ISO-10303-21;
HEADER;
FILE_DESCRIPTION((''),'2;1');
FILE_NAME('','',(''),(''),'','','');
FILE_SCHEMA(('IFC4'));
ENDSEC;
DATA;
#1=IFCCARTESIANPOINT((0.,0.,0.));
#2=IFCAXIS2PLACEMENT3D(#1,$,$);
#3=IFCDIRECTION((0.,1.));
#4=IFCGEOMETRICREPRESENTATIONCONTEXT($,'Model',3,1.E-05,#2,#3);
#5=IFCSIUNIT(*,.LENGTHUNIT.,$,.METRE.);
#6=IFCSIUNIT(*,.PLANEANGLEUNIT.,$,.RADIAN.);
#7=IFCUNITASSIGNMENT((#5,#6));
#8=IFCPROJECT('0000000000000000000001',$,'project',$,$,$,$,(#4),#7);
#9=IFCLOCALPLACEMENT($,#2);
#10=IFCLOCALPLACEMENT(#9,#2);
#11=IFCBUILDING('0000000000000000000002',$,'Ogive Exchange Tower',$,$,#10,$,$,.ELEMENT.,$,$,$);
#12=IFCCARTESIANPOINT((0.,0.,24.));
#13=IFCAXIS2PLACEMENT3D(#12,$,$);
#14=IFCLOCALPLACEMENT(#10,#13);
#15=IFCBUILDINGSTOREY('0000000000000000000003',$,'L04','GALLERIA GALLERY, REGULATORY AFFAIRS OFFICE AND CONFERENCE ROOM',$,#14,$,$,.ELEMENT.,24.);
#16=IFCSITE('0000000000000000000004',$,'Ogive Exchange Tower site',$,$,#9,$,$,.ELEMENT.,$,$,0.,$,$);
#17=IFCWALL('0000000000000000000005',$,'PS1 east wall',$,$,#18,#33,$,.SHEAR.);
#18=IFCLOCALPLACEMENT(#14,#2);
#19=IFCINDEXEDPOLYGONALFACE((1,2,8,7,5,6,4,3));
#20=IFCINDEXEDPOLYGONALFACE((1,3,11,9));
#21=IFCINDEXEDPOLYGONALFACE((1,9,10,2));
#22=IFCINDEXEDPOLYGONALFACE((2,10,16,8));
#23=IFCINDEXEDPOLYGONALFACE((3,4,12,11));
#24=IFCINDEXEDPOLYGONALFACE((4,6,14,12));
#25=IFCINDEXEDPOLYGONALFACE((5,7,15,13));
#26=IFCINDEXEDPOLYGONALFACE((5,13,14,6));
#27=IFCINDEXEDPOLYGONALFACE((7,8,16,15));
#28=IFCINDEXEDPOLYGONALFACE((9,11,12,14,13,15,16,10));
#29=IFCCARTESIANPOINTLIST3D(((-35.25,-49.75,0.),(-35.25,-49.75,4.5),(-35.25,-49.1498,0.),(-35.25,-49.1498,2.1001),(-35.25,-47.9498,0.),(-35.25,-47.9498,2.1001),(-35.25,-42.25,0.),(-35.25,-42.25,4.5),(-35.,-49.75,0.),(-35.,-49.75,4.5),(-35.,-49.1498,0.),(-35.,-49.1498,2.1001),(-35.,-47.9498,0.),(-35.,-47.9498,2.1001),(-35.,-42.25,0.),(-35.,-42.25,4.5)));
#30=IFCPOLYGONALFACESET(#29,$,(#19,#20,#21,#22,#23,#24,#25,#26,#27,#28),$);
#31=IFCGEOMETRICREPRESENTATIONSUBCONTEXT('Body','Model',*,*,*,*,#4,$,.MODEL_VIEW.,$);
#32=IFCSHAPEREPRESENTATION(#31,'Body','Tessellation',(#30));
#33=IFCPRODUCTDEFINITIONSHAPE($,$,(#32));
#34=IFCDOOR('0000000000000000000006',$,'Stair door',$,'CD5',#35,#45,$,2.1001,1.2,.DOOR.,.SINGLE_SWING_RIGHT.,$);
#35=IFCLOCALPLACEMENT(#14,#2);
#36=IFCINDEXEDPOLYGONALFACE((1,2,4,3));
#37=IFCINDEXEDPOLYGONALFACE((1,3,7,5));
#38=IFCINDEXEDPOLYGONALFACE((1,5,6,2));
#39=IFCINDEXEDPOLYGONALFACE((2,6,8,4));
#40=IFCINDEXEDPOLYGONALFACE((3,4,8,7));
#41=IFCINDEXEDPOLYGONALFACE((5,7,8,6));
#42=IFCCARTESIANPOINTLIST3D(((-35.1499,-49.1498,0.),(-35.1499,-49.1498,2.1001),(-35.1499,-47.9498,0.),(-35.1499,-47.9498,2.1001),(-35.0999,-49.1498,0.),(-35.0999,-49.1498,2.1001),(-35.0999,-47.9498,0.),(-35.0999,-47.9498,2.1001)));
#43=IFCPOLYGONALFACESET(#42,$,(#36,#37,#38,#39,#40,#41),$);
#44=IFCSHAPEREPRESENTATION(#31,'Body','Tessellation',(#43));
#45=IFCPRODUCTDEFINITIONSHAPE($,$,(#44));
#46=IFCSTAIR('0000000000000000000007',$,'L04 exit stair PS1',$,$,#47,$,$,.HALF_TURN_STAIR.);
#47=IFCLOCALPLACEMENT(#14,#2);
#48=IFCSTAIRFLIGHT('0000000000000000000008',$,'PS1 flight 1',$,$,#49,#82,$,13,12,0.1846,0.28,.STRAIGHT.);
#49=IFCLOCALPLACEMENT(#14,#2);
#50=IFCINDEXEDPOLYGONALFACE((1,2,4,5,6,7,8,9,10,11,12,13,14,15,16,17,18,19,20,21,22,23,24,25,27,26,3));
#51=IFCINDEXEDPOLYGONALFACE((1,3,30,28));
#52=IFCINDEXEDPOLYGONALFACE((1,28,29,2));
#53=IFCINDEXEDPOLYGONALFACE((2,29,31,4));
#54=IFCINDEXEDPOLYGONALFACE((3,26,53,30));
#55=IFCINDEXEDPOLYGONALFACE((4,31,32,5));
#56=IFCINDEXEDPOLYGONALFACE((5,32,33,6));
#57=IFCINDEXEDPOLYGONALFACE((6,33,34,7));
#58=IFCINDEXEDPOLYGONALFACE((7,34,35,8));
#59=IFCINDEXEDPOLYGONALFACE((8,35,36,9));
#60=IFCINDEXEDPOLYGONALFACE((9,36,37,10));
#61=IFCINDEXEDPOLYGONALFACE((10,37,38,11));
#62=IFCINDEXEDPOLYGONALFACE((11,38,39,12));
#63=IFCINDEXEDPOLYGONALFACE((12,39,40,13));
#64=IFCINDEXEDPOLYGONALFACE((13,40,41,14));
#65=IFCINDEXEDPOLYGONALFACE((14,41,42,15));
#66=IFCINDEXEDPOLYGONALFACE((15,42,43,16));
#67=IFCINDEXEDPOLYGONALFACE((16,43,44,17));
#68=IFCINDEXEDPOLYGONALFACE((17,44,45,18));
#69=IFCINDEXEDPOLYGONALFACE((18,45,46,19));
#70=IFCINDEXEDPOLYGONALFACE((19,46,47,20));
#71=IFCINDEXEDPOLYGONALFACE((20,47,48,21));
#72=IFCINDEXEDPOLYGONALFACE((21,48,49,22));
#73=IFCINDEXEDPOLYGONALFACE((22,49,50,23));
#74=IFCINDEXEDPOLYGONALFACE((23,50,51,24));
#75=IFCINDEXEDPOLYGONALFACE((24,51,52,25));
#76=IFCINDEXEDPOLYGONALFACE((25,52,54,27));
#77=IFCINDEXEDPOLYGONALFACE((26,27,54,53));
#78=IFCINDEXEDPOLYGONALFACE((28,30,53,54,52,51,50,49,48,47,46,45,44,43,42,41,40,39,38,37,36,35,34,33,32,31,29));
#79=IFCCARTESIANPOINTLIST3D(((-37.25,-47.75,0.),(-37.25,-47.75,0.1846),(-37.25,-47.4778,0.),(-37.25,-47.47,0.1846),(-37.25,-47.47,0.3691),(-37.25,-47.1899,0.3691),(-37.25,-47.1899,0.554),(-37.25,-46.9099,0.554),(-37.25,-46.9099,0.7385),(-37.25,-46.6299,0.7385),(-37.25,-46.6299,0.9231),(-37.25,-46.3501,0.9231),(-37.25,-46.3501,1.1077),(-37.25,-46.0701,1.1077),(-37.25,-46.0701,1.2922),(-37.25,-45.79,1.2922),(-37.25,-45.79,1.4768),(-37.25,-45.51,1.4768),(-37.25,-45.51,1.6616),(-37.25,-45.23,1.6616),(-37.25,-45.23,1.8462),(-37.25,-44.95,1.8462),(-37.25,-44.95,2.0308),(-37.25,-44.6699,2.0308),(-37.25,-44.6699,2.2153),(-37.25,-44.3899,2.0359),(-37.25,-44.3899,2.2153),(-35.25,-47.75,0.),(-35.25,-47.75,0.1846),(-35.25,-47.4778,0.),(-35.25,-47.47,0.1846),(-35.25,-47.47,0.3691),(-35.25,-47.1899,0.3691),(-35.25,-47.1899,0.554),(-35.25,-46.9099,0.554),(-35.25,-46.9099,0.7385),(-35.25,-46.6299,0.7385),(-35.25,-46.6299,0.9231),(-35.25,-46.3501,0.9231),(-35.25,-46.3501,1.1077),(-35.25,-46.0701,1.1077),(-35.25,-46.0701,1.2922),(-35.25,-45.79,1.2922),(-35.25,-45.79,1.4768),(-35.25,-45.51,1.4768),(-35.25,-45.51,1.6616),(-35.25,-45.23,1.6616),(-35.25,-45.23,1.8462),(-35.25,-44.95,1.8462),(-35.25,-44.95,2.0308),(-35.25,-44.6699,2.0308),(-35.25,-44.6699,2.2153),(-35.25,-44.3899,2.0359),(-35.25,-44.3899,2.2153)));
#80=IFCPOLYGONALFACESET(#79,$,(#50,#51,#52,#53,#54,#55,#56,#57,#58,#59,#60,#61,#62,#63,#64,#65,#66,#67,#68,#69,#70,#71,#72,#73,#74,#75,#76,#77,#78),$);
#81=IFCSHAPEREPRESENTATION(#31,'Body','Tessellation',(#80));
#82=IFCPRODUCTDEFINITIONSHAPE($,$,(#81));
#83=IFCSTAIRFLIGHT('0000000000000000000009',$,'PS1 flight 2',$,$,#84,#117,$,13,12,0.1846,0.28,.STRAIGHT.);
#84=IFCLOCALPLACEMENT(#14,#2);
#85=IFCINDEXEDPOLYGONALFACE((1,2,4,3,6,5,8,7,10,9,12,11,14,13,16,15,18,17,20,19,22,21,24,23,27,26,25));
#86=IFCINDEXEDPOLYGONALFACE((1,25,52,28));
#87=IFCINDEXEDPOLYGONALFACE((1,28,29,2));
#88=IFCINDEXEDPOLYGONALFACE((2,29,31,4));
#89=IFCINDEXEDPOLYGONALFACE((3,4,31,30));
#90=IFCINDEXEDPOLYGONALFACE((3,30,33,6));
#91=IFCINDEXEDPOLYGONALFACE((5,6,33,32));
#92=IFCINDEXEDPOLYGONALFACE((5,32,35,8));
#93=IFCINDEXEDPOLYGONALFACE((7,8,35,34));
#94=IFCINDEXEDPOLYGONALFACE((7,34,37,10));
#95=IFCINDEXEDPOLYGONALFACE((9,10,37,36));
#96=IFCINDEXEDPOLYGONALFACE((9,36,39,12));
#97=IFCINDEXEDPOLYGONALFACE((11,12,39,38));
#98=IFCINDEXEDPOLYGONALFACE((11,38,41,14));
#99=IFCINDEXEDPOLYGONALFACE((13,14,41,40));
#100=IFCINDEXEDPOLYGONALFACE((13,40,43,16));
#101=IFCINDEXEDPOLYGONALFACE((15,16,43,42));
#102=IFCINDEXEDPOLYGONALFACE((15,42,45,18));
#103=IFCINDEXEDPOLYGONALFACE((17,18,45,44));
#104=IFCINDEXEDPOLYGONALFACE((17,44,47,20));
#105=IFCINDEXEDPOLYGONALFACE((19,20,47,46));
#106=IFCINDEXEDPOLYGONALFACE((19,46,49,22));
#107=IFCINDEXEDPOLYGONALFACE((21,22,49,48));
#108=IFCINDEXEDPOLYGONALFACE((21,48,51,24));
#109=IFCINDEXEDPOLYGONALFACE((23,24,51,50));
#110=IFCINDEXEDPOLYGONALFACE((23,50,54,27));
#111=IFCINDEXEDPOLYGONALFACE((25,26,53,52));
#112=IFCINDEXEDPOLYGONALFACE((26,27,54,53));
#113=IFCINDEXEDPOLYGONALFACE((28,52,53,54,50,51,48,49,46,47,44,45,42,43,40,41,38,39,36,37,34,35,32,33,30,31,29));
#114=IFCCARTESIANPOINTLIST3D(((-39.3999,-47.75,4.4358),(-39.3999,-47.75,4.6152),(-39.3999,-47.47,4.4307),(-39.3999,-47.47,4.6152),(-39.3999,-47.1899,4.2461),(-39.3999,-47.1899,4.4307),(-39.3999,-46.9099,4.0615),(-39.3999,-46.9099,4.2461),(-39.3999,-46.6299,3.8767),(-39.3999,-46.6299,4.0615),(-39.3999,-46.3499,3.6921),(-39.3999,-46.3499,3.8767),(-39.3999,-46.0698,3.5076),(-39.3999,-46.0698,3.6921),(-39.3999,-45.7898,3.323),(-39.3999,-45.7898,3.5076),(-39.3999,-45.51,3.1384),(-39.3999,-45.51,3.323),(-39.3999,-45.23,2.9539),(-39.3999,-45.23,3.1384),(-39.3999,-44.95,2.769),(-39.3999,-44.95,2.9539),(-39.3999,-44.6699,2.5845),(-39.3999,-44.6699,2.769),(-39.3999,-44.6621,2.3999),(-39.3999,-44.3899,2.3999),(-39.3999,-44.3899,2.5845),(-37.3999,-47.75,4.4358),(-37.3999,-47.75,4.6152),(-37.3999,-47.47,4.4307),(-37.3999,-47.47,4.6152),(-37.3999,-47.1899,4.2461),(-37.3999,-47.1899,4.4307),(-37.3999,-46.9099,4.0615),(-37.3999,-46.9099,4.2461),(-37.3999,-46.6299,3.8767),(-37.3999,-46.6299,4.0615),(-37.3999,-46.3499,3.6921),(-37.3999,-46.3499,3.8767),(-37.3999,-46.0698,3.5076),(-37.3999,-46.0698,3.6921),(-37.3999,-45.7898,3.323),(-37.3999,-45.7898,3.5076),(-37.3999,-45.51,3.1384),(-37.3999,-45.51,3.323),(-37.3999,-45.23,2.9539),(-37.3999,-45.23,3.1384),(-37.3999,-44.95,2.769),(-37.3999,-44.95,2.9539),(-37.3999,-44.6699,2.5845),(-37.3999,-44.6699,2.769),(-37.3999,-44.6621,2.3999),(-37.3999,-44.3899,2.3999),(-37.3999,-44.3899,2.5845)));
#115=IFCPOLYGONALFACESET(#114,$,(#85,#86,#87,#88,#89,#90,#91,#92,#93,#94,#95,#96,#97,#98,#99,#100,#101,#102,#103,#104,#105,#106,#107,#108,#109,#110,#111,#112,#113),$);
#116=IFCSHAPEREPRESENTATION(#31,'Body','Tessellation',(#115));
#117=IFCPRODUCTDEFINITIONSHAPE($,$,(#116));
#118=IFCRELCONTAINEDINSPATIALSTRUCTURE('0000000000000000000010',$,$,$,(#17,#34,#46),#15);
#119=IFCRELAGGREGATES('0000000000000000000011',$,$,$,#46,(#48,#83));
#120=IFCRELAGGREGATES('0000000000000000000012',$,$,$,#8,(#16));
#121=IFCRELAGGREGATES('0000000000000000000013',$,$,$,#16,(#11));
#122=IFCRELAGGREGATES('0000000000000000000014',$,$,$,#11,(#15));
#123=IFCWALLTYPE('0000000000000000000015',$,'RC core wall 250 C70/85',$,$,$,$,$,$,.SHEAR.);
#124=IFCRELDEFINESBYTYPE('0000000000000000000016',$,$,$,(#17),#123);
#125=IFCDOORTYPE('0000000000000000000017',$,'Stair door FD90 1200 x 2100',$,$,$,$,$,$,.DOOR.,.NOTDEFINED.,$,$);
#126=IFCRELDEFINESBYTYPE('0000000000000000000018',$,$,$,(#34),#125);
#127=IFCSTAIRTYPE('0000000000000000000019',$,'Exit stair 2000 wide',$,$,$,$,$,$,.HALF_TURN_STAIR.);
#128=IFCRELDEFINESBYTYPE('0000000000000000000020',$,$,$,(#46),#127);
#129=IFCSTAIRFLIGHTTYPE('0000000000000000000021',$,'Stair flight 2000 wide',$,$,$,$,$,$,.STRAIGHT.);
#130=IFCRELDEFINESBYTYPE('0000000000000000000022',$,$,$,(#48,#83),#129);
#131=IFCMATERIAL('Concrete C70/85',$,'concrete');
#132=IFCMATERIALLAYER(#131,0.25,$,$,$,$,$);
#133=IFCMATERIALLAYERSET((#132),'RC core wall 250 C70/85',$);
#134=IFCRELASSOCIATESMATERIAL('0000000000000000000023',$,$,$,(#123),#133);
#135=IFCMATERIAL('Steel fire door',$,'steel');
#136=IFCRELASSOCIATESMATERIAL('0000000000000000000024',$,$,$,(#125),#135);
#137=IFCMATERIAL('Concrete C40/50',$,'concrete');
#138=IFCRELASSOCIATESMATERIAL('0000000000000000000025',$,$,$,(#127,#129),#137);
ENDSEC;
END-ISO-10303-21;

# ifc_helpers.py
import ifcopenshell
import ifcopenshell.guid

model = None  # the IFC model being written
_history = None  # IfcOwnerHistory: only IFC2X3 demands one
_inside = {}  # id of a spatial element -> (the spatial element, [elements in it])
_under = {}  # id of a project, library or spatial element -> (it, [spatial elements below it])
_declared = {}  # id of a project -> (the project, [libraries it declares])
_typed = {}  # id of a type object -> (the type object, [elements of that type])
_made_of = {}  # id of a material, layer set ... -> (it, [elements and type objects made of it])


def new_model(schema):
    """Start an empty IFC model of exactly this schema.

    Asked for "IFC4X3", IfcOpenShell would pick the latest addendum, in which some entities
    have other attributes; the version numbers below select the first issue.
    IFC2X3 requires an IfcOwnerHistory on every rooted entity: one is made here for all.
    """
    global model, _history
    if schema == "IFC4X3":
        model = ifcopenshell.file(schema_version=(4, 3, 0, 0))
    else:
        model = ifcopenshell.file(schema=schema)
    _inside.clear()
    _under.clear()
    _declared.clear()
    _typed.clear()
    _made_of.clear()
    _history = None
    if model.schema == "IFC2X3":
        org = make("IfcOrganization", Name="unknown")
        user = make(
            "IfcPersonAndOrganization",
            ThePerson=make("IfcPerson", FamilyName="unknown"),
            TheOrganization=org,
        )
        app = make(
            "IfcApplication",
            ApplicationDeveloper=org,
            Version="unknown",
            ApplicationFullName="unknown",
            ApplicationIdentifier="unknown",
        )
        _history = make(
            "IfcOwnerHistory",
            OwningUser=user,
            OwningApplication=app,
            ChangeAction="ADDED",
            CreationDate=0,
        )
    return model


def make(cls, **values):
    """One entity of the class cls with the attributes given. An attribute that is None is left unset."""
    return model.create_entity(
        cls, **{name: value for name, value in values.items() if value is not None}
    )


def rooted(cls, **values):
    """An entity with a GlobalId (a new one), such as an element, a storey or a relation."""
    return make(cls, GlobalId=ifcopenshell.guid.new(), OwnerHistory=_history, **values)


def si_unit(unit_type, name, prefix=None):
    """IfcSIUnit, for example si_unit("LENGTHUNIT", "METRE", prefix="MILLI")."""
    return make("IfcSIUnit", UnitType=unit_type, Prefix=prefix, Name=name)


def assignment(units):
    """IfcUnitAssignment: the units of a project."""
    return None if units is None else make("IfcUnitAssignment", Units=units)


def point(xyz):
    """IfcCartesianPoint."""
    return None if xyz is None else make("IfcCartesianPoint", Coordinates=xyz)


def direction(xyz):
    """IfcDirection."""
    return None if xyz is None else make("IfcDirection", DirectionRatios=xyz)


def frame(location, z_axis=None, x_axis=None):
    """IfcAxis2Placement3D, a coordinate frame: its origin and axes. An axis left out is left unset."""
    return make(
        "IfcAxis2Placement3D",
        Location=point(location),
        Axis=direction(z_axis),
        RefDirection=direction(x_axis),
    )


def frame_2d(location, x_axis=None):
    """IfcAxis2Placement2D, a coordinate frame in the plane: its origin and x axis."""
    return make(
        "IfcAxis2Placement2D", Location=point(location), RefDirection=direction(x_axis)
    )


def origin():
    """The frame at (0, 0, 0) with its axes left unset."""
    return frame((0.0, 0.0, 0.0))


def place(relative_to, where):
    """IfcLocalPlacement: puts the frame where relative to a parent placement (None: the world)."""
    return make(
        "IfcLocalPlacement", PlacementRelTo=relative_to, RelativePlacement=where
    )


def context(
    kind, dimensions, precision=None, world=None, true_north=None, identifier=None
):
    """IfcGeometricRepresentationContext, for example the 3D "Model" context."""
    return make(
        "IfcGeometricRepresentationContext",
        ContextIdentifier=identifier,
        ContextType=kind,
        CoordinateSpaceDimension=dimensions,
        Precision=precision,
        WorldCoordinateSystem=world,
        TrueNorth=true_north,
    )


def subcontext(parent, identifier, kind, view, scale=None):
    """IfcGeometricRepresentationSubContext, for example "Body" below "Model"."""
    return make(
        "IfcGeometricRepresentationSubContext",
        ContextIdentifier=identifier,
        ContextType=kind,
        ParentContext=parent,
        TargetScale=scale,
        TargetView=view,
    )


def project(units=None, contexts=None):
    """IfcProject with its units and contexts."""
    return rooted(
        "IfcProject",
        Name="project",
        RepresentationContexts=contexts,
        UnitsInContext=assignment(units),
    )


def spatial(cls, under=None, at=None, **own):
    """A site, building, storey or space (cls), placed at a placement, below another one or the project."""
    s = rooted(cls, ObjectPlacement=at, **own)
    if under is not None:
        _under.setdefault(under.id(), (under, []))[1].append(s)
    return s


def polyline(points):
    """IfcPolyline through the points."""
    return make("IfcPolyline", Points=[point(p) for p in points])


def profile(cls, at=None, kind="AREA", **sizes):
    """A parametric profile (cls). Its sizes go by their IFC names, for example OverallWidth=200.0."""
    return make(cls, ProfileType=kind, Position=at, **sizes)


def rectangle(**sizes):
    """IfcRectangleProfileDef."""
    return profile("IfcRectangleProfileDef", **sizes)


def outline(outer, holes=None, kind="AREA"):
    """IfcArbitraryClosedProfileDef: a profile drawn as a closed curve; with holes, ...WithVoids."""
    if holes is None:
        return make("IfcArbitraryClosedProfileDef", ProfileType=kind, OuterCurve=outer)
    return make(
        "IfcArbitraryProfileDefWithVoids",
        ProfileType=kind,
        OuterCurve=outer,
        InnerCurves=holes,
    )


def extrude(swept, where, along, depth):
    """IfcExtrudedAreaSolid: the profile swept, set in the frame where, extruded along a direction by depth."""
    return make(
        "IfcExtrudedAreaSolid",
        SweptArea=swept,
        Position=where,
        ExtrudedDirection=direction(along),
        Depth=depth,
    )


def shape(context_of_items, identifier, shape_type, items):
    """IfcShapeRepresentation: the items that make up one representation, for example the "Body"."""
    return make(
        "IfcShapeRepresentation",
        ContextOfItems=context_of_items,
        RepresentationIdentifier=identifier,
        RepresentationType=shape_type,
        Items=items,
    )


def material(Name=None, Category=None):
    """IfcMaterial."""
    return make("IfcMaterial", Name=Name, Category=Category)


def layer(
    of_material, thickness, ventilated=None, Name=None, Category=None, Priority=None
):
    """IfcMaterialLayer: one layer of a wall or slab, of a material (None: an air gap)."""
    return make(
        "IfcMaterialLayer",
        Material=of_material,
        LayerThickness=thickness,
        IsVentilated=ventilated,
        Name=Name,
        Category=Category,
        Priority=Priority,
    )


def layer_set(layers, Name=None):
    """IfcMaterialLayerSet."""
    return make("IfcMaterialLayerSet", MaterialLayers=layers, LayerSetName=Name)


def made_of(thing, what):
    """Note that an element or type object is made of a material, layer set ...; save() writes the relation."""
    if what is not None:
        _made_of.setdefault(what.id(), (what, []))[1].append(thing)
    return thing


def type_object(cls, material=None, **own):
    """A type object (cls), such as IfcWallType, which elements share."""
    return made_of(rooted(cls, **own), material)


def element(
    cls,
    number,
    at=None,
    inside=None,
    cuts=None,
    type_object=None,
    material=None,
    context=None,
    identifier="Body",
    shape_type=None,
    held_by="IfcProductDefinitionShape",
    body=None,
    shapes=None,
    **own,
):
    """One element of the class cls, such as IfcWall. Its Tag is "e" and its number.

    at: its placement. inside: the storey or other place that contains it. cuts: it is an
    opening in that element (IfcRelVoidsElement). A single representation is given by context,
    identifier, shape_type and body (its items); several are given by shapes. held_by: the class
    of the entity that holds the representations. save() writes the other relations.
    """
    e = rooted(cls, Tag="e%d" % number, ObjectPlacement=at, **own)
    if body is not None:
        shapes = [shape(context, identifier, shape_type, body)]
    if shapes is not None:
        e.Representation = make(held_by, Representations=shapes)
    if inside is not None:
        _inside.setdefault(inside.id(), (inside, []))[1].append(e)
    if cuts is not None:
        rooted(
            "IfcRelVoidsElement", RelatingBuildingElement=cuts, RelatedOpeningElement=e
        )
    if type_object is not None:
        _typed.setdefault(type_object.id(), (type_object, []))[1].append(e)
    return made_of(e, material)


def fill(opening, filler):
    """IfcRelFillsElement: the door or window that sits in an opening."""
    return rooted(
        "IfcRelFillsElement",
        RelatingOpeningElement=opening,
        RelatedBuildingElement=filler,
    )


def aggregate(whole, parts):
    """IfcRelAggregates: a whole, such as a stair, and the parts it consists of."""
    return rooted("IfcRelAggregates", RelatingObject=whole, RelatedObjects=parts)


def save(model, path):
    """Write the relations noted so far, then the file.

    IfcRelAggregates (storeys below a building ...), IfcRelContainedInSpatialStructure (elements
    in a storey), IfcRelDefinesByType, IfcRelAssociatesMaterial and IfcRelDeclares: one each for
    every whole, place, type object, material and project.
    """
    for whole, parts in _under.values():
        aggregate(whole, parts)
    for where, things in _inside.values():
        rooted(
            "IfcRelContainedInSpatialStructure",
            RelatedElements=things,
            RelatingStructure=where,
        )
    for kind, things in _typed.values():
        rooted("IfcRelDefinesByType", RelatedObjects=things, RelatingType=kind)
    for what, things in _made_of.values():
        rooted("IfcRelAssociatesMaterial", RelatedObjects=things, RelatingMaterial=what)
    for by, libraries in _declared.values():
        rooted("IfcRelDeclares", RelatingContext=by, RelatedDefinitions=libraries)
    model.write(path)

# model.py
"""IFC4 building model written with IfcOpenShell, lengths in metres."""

from ifc_helpers import new_model, si_unit, direction, frame, frame_2d, origin, place, context, subcontext, project, spatial, polyline, rectangle, outline, extrude, material, layer, layer_set, type_object, element, fill, aggregate, save


model = new_model("IFC4")

# Units and contexts
model_context = context("Model", 3, precision=1e-05, world=origin(), true_north=direction((0.0, 1.0)))
body_context = subcontext(model_context, "Body", "Model", "MODEL_VIEW")
ifc_project = project(units=[si_unit("LENGTHUNIT", "METRE"), si_unit("PLANEANGLEUNIT", "RADIAN")], contexts=[model_context])

# Site, building, storey
site_placement = place(None, origin())
site = spatial("IfcSite", under=ifc_project, at=site_placement, Name="Ogive Exchange Tower site", CompositionType="ELEMENT", RefElevation=0.0)
building_placement = place(site_placement, origin())
building = spatial("IfcBuilding", under=site, at=building_placement, Name="Ogive Exchange Tower", CompositionType="ELEMENT")
storey_placement = place(building_placement, frame((0.0, 0.0, 24.0)))
storey = spatial("IfcBuildingStorey", under=building, at=storey_placement, Name="L04", Description="GALLERIA GALLERY, REGULATORY AFFAIRS OFFICE AND CONFERENCE ROOM", CompositionType="ELEMENT", Elevation=24.0)

# Shared definitions
ifc_material_1 = material(Name="Concrete C70/85", Category="concrete")

# Wall, opening, door
ifc_layer_1 = layer(ifc_material_1, 0.25)
ifc_layer_set_1 = layer_set([ifc_layer_1], Name="RC core wall 250 C70/85")
wall_type_1 = type_object("IfcWallType", Name="RC core wall 250 C70/85", PredefinedType="SHEAR", material=ifc_layer_set_1)
wall_1_placement = place(storey_placement, frame((-35.125, -49.75, 0.0), z_axis=(0.0, 0.0, 1.0), x_axis=(0.0, 1.0, 0.0)))
wall_1 = element("IfcWall", 1, at=wall_1_placement, inside=storey, type_object=wall_type_1, Name="PS1 east wall", PredefinedType="SHEAR", context=body_context, shape_type="SweptSolid", body=[
    extrude(rectangle(XDim=7.5, YDim=0.25, at=frame_2d((3.75, 0.0))), origin(), (0.0, 0.0, 1.0), 4.5),
])
opening_1_placement = place(wall_1_placement, frame((0.6001, 0.0, 0.0)))
opening_1 = element("IfcOpeningElement", 2, at=opening_1_placement, cuts=wall_1, PredefinedType="OPENING", context=body_context, shape_type="SweptSolid", body=[
    extrude(rectangle(XDim=1.2, YDim=2.1001, at=frame_2d((0.6001, 1.05))), frame((0.0, 0.135, 0.0), z_axis=(0.0, -1.0, 0.0), x_axis=(1.0, 0.0, 0.0)), (0.0, 0.0, 1.0), 0.27),
])
ifc_material_2 = material(Name="Steel fire door", Category="steel")
door_type_1 = type_object("IfcDoorType", Name="Stair door FD90 1200 x 2100", OperationType="NOTDEFINED", PredefinedType="DOOR", material=ifc_material_2)
door_1_placement = place(opening_1_placement, origin())
door_1 = element("IfcDoor", 3, at=door_1_placement, inside=storey, type_object=door_type_1, Name="Stair door", ObjectType="CD5", OperationType="SINGLE_SWING_RIGHT", OverallHeight=2.1001, OverallWidth=1.2, PredefinedType="DOOR", context=body_context, shape_type="SweptSolid", body=[
    extrude(rectangle(XDim=1.2, YDim=2.1001, at=frame_2d((0.6001, 1.05))), frame((0.0, 0.0249, 0.0), z_axis=(0.0, -1.0, 0.0), x_axis=(1.0, 0.0, 0.0)), (0.0, 0.0, 1.0), 0.05),
])
fill(opening_1, door_1)

# Stair, stair flights
ifc_material_3 = material(Name="Concrete C40/50", Category="concrete")
stair_type = type_object("IfcStairType", Name="Exit stair 2000 wide", PredefinedType="HALF_TURN_STAIR", material=ifc_material_3)
stair_placement = place(storey_placement, origin())
stair = element("IfcStair", 4, at=stair_placement, inside=storey, type_object=stair_type, Name="L04 exit stair PS1", PredefinedType="HALF_TURN_STAIR")
stair_flight_type = type_object("IfcStairFlightType", Name="Stair flight 2000 wide", PredefinedType="STRAIGHT", material=ifc_material_3)
stair_flight_1_placement = place(storey_placement, frame((-36.25, -47.75, 0.0), z_axis=(0.0, 0.0, 1.0), x_axis=(0.0, 1.0, 0.0)))
stair_flight_1 = element("IfcStairFlight", 5, at=stair_flight_1_placement, type_object=stair_flight_type, Name="PS1 flight 1", NumberOfRisers=13, NumberOfTreads=12, PredefinedType="STRAIGHT", RiserHeight=0.1846, TreadLength=0.28, context=body_context, shape_type="SweptSolid", body=[
    extrude(outline(polyline([(0.0, 0.0), (0.0, 0.1846), (0.28, 0.1846), (0.28, 0.3691), (0.5601, 0.3691), (0.5601, 0.554), (0.8401, 0.554), (0.8401, 0.7385), (1.1201, 0.7385), (1.1201, 0.9231), (1.3999, 0.9231), (1.3999, 1.1077), (1.6799, 1.1077), (1.6799, 1.2922), (1.96, 1.2922), (1.96, 1.4768), (2.24, 1.4768), (2.24, 1.6616), (2.52, 1.6616), (2.52, 1.8462), (2.8, 1.8462), (2.8, 2.0308), (3.0801, 2.0308), (3.0801, 2.2153), (3.3601, 2.2153), (3.3601, 2.3999), (3.3601, 2.0359), (0.2722, 0.0), (0.0, 0.0)])), frame((0.0, 1.0, 0.0), z_axis=(0.0, -1.0, 0.0), x_axis=(1.0, 0.0, 0.0)), (0.0, 0.0, 1.0), 2.0),
])
stair_flight_2_placement = place(storey_placement, frame((-38.3999, -44.3899, 2.3999), z_axis=(0.0, 0.0, 1.0), x_axis=(0.0, -1.0, 0.0)))
stair_flight_2 = element("IfcStairFlight", 6, at=stair_flight_2_placement, type_object=stair_flight_type, Name="PS1 flight 2", NumberOfRisers=13, NumberOfTreads=12, PredefinedType="STRAIGHT", RiserHeight=0.1846, TreadLength=0.28, context=body_context, shape_type="SweptSolid", body=[
    extrude(outline(polyline([(0.0, 0.0), (0.0, 0.1846), (0.28, 0.1846), (0.28, 0.3691), (0.5601, 0.3691), (0.5601, 0.554), (0.8401, 0.554), (0.8401, 0.7385), (1.1201, 0.7385), (1.1201, 0.9231), (1.3999, 0.9231), (1.3999, 1.1077), (1.6799, 1.1077), (1.6799, 1.2922), (1.96, 1.2922), (1.96, 1.4768), (2.24, 1.4768), (2.24, 1.6616), (2.52, 1.6616), (2.52, 1.8462), (2.8, 1.8462), (2.8, 2.0308), (3.0801, 2.0308), (3.0801, 2.2153), (3.3601, 2.2153), (3.3601, 2.3999), (3.3601, 2.0359), (0.2722, 0.0), (0.0, 0.0)])), frame((0.0, 1.0, 0.0), z_axis=(0.0, -1.0, 0.0), x_axis=(1.0, 0.0, 0.0)), (0.0, 0.0, 1.0), 2.0),
])
aggregate(stair, [stair_flight_1, stair_flight_2])

save(model, "model.ifc")
